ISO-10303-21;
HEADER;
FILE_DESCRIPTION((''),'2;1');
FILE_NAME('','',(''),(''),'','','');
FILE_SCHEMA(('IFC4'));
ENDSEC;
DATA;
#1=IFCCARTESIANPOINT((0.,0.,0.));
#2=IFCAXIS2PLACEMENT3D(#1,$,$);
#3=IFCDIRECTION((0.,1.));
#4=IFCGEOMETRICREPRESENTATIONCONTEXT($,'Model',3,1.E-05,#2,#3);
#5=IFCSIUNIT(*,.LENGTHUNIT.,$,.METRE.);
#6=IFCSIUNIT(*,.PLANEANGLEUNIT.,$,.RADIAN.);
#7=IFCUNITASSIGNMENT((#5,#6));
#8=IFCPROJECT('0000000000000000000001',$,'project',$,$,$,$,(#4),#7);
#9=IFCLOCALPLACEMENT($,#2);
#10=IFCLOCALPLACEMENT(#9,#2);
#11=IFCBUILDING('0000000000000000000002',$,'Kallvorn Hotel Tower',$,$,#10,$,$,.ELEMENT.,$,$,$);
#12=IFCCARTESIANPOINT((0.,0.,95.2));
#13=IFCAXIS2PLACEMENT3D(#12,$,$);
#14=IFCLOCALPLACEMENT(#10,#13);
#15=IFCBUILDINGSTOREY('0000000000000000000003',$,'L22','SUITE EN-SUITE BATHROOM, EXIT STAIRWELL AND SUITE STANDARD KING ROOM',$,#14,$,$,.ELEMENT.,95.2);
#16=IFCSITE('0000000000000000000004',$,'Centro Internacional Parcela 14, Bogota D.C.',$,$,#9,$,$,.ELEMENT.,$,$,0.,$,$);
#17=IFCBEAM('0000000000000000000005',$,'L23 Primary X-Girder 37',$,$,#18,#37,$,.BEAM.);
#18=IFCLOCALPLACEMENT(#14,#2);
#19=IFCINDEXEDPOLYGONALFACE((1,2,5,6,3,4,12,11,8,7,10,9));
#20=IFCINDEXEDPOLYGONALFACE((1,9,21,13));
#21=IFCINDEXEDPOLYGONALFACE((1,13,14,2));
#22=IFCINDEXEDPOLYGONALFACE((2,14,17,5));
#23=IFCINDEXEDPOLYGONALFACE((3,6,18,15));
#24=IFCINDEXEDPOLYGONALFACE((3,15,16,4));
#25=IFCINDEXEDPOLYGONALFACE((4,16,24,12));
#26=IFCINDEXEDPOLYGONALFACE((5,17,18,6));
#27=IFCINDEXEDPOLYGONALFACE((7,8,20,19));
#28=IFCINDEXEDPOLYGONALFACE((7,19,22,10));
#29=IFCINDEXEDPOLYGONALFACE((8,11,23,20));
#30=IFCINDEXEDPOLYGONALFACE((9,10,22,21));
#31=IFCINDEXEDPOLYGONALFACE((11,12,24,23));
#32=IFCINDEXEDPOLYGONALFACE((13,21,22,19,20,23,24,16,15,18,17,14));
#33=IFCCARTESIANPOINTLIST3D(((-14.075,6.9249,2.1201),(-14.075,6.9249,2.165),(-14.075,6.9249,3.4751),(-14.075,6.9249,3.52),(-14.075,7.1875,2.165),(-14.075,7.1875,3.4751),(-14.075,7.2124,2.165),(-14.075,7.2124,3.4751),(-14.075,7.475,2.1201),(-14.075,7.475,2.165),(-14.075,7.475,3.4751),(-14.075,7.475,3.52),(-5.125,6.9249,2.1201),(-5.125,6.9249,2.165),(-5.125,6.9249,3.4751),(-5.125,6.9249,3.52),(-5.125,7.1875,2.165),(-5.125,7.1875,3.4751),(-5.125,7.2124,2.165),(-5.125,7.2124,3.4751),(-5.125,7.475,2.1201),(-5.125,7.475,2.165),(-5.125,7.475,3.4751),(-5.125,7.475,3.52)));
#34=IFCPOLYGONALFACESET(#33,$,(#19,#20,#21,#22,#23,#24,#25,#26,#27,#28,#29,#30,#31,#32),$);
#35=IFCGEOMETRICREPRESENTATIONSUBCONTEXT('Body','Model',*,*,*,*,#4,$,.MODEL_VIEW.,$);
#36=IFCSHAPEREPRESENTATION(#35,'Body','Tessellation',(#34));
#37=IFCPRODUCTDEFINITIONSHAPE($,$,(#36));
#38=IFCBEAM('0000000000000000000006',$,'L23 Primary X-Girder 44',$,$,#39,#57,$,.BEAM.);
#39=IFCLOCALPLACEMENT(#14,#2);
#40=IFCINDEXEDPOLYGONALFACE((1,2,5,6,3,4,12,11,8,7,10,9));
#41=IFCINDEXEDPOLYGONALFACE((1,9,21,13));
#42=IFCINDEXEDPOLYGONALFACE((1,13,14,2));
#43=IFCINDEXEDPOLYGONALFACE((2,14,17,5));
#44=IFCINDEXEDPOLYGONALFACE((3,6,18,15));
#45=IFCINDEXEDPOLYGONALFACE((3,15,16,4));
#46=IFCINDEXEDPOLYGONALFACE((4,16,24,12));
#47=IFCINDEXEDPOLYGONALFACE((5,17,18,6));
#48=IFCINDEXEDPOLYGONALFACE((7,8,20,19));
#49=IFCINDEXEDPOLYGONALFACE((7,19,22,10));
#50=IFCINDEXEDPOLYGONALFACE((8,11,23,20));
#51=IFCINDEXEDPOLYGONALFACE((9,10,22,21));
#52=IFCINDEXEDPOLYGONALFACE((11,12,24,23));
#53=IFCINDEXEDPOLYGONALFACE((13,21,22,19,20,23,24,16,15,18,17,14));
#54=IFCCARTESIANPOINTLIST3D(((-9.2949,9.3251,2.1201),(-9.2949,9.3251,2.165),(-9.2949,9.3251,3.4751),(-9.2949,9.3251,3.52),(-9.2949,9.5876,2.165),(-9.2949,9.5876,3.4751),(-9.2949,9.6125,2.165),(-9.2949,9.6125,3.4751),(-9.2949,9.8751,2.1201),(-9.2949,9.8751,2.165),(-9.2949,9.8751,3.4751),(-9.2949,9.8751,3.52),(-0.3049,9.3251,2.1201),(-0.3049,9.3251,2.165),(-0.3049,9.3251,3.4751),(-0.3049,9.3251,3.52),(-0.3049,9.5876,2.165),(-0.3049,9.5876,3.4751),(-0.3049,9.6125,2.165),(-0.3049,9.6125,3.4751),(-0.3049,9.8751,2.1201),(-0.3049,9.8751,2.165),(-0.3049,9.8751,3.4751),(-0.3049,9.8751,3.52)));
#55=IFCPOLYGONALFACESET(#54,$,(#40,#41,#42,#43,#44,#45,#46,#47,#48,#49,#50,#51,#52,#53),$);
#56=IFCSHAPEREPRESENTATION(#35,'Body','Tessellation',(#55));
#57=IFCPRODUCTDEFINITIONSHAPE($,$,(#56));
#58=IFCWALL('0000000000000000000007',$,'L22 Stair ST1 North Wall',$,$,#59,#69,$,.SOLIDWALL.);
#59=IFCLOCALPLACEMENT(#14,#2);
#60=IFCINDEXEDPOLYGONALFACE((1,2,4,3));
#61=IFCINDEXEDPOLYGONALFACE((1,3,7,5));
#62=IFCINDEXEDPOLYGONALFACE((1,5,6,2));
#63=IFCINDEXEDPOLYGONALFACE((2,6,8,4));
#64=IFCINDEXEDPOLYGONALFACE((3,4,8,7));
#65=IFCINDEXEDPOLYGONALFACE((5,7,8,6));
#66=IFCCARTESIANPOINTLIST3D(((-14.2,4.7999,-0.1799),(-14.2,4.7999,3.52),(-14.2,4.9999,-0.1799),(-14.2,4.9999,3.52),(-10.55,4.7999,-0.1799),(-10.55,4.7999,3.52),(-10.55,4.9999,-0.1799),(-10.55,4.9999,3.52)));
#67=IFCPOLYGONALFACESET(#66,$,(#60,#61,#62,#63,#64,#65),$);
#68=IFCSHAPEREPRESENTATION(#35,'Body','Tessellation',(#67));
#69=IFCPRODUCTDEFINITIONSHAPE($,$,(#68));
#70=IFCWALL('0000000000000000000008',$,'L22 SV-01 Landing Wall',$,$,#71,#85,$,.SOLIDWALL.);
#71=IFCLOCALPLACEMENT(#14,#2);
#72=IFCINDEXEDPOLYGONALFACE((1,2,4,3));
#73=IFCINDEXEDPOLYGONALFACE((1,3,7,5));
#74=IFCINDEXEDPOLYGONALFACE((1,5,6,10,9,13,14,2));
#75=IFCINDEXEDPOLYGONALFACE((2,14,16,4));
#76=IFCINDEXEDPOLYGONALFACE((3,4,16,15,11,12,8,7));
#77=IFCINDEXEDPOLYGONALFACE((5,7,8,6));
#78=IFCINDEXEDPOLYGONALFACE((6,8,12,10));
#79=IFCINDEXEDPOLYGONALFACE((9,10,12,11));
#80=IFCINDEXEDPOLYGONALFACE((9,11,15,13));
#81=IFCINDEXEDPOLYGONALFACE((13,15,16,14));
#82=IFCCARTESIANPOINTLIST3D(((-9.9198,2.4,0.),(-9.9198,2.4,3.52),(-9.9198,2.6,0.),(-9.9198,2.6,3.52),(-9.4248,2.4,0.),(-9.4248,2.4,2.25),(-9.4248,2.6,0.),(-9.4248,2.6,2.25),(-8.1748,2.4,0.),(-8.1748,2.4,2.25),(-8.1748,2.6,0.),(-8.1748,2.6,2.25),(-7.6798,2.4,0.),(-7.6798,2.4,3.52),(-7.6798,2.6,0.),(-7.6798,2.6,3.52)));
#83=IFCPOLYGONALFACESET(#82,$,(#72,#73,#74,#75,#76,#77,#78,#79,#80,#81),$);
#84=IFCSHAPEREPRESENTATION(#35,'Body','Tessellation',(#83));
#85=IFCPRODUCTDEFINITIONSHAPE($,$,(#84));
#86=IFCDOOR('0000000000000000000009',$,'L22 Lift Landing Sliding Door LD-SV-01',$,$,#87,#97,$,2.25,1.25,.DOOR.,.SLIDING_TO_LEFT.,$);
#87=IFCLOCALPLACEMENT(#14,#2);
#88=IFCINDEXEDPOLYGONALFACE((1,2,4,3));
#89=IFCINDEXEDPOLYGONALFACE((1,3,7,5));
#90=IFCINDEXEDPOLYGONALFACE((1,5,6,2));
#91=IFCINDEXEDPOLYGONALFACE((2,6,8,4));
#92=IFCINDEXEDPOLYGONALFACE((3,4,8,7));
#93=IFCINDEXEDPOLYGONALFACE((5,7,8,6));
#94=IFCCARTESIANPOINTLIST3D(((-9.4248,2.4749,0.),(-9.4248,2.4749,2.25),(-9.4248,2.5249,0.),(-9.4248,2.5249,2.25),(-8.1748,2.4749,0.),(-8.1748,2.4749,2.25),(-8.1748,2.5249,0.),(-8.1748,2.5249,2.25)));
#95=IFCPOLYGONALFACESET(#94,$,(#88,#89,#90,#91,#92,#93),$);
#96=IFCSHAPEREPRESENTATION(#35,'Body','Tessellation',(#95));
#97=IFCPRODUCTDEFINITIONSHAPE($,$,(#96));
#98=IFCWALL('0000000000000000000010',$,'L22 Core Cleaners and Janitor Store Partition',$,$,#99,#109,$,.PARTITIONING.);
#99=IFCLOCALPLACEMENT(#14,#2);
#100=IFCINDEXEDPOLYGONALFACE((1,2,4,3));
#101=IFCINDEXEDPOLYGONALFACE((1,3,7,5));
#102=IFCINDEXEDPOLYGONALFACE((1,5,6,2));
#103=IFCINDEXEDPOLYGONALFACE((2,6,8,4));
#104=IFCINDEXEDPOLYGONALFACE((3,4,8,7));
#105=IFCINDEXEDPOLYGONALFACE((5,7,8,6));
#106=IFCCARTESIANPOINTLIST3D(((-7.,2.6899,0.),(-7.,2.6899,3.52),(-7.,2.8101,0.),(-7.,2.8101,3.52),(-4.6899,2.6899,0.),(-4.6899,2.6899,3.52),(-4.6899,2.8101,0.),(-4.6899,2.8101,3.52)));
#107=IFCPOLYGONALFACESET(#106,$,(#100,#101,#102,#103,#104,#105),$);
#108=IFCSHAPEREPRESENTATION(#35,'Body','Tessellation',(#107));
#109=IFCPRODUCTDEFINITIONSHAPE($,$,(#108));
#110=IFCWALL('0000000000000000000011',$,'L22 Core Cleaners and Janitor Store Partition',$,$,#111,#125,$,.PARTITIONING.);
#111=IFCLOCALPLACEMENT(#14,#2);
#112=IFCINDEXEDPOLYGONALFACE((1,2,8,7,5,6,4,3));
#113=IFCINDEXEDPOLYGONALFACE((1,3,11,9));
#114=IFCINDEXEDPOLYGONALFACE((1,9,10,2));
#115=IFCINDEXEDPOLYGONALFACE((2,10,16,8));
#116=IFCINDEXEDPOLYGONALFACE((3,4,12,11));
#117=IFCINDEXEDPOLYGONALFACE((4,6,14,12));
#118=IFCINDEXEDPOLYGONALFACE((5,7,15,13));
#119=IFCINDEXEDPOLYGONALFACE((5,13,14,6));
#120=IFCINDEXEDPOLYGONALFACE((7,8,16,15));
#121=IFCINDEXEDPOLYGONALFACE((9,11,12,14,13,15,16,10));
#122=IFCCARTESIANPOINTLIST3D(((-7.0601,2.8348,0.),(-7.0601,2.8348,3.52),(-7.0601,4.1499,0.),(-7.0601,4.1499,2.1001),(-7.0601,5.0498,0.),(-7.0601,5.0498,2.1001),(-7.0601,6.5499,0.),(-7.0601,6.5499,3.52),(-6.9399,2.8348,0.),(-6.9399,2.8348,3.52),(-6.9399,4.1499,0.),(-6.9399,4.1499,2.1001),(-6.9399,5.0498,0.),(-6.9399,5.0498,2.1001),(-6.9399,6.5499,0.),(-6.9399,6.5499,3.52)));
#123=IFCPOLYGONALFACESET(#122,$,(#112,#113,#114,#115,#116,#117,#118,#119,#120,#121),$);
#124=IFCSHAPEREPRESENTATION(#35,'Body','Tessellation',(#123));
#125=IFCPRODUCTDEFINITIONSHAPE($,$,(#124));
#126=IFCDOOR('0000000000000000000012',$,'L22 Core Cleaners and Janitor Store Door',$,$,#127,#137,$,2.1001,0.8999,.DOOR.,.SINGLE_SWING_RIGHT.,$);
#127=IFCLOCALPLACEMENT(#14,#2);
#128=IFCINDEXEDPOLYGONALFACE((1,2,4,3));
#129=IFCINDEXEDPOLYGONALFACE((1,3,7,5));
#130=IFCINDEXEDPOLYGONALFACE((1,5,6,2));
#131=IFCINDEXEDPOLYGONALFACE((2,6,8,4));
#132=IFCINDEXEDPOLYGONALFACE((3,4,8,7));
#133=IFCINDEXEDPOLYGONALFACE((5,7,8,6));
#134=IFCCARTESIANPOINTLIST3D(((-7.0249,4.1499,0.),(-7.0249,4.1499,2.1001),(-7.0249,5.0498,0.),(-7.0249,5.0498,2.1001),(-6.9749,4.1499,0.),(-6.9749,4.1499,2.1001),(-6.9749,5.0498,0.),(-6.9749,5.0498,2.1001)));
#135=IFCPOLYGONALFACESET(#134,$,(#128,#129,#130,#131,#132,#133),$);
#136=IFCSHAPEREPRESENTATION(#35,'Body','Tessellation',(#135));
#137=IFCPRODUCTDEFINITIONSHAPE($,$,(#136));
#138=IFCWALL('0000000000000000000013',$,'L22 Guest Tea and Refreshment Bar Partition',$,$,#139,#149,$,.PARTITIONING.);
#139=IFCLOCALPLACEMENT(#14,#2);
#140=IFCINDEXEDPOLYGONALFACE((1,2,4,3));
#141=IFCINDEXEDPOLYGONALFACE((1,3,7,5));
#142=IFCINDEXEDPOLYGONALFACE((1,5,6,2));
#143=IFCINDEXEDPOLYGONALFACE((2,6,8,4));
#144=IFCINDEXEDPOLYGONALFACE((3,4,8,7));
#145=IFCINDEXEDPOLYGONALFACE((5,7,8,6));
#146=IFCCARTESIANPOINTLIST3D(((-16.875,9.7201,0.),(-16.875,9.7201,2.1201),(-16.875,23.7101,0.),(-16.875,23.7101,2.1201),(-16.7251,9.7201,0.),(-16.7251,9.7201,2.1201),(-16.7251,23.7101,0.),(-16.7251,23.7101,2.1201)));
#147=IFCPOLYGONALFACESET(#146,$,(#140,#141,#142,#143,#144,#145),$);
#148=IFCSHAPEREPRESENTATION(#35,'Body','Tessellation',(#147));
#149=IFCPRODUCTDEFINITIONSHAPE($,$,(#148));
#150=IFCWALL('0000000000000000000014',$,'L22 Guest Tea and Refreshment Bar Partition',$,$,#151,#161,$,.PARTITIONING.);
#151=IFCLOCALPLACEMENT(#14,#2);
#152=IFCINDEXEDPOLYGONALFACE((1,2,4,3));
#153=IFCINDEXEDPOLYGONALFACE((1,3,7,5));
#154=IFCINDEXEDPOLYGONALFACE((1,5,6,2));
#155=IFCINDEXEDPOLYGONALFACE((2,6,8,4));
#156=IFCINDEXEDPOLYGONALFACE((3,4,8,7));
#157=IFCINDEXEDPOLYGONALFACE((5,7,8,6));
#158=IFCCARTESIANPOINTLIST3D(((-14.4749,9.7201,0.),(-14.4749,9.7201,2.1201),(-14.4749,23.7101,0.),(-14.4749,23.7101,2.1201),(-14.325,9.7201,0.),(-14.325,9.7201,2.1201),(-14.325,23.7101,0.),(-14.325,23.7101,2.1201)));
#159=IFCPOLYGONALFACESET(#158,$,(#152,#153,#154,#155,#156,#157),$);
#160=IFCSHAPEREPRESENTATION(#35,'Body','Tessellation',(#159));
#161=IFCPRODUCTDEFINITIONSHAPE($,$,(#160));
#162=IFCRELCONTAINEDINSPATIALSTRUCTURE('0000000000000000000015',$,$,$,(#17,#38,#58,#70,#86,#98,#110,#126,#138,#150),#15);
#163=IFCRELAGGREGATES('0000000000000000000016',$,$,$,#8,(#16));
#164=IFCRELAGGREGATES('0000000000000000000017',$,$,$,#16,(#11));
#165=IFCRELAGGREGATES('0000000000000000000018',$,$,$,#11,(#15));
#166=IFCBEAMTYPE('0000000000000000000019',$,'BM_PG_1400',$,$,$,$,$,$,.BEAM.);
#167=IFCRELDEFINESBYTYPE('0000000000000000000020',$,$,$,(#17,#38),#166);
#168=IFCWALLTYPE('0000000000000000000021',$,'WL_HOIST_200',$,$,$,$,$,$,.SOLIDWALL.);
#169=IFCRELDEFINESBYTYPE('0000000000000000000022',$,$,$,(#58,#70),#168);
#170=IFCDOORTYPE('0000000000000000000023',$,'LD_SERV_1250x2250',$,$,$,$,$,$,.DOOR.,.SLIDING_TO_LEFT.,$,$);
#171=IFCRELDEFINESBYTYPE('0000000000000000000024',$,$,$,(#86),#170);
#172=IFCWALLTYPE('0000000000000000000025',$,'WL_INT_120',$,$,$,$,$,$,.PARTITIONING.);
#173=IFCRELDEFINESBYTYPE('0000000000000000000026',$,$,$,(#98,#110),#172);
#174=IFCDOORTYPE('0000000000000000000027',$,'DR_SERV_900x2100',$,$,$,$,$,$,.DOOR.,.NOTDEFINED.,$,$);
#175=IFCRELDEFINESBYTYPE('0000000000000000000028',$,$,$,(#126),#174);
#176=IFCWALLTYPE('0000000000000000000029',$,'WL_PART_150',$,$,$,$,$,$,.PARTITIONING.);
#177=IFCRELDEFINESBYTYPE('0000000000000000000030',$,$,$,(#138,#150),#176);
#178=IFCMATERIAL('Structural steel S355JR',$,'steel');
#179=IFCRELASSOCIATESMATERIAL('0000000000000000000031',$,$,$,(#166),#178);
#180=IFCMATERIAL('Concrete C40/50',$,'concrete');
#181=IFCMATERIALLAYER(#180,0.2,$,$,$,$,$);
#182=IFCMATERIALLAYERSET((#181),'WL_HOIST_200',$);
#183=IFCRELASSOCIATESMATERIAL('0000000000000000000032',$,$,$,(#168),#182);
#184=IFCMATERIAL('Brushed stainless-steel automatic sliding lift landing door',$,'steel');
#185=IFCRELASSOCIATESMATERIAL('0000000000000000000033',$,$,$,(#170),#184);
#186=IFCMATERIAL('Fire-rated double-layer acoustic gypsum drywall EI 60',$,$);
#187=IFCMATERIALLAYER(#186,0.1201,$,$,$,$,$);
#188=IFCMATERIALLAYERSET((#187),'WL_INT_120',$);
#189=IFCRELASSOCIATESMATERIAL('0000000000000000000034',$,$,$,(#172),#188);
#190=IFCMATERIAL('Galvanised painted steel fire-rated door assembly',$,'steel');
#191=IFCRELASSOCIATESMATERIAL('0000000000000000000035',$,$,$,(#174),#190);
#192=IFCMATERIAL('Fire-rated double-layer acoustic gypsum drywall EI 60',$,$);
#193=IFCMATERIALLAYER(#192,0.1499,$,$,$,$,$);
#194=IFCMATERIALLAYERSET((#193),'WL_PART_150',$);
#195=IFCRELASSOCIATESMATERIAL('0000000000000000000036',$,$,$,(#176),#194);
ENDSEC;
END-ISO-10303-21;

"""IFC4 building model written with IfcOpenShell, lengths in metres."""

from ifc_helpers import new_model, si_unit, direction, frame, frame_2d, origin, origin_2d, place, context, subcontext, project, spatial, rectangle, i_section, extrude, material, layer, layer_set, material_profile, profile_set, type_object, element, fill, save


model = new_model("IFC4")

# Units and contexts
model_context = context("Model", 3, precision=1e-05, world=origin(), true_north=direction((0.0, 1.0)))
body_context = subcontext(model_context, "Body", "Model", "MODEL_VIEW")
ifc_project = project(units=[si_unit("LENGTHUNIT", "METRE"), si_unit("PLANEANGLEUNIT", "RADIAN")], contexts=[model_context])

# Site, building, storey
site_placement = place(None, origin())
site = spatial("IfcSite", under=ifc_project, at=site_placement, Name="Centro Internacional Parcela 14, Bogota D.C.", CompositionType="ELEMENT", RefElevation=0.0)
building_placement = place(site_placement, origin())
building = spatial("IfcBuilding", under=site, at=building_placement, Name="Kallvorn Hotel Tower", CompositionType="ELEMENT")
storey_placement = place(building_placement, frame((0.0, 0.0, 95.2)))
storey = spatial("IfcBuildingStorey", under=building, at=storey_placement, Name="L22", Description="SUITE EN-SUITE BATHROOM, EXIT STAIRWELL AND SUITE STANDARD KING ROOM", CompositionType="ELEMENT", Elevation=95.2)

# Beams
ifc_material_1 = material(Name="Structural steel S355JR", Category="steel")
ifc_material_profile_1 = material_profile(ifc_material_1, i_section(OverallWidth=0.55, OverallDepth=1.3999, WebThickness=0.0249, FlangeThickness=0.0449, at=origin_2d()), Name="PG 1400x550x25x45")
ifc_profile_set_1 = profile_set([ifc_material_profile_1], Name="Structural steel S355JR")
beam_type_1 = type_object("IfcBeamType", Name="BM_PG_1400", PredefinedType="BEAM", material=ifc_profile_set_1)
beam_1_placement = place(storey_placement, frame((-14.075, 7.2, 2.8201), z_axis=(1.0, 0.0, 0.0), x_axis=(0.0, 1.0, 0.0)))
element("IfcBeam", 1, at=beam_1_placement, inside=storey, type_object=beam_type_1, Name="L23 Primary X-Girder 37", PredefinedType="BEAM", context=body_context, shape_type="SweptSolid", body=[
    extrude(i_section(OverallWidth=0.55, OverallDepth=1.3999, WebThickness=0.0249, FlangeThickness=0.0449, at=origin_2d()), origin(), (0.0, 0.0, 1.0), 8.95),
])
beam_2_placement = place(storey_placement, frame((-9.2949, 9.6001, 2.8201), z_axis=(1.0, 0.0, 0.0), x_axis=(0.0, 1.0, 0.0)))
element("IfcBeam", 2, at=beam_2_placement, inside=storey, type_object=beam_type_1, Name="L23 Primary X-Girder 44", PredefinedType="BEAM", context=body_context, shape_type="SweptSolid", body=[
    extrude(i_section(OverallWidth=0.55, OverallDepth=1.3999, WebThickness=0.0249, FlangeThickness=0.0449, at=origin_2d()), origin(), (0.0, 0.0, 1.0), 8.99),
])

# Wall
ifc_material_2 = material(Name="Concrete C40/50", Category="concrete")
ifc_layer_1 = layer(ifc_material_2, 0.2)
ifc_layer_set_1 = layer_set([ifc_layer_1], Name="WL_HOIST_200")
wall_type_1 = type_object("IfcWallType", Name="WL_HOIST_200", PredefinedType="SOLIDWALL", material=ifc_layer_set_1)
wall_1_placement = place(storey_placement, frame((-14.2, 4.8999, -0.1799), z_axis=(0.0, 0.0, 1.0), x_axis=(1.0, 0.0, 0.0)))
element("IfcWall", 3, at=wall_1_placement, inside=storey, type_object=wall_type_1, Name="L22 Stair ST1 North Wall", PredefinedType="SOLIDWALL", context=body_context, shape_type="SweptSolid", body=[
    extrude(rectangle(XDim=3.6499, YDim=0.2, at=frame_2d((1.825, 0.0))), origin(), (0.0, 0.0, 1.0), 3.7),
])

# Wall, opening, door
wall_2_placement = place(storey_placement, frame((-9.9199, 2.5, 0.0), z_axis=(0.0, 0.0, 1.0), x_axis=(1.0, 0.0, 0.0)))
wall_2 = element("IfcWall", 4, at=wall_2_placement, inside=storey, type_object=wall_type_1, Name="L22 SV-01 Landing Wall", PredefinedType="SOLIDWALL", context=body_context, shape_type="SweptSolid", body=[
    extrude(rectangle(XDim=2.24, YDim=0.2, at=frame_2d((1.1201, 0.0))), origin(), (0.0, 0.0, 1.0), 3.52),
])
opening_1_placement = place(wall_2_placement, frame((0.4951, 0.0, 0.0)))
opening_1 = element("IfcOpeningElement", 5, at=opening_1_placement, cuts=wall_2, PredefinedType="OPENING", context=body_context, shape_type="SweptSolid", body=[
    extrude(rectangle(XDim=1.25, YDim=2.25, at=frame_2d((0.625, 1.125))), frame((0.0, 0.115, 0.0), z_axis=(0.0, -1.0, 0.0), x_axis=(1.0, 0.0, 0.0)), (0.0, 0.0, 1.0), 0.23),
])
ifc_material_3 = material(Name="Brushed stainless-steel automatic sliding lift landing door", Category="steel")
door_type_1 = type_object("IfcDoorType", Name="LD_SERV_1250x2250", OperationType="SLIDING_TO_LEFT", PredefinedType="DOOR", material=ifc_material_3)
door_1_placement = place(opening_1_placement, origin())
door_1 = element("IfcDoor", 6, at=door_1_placement, inside=storey, type_object=door_type_1, Name="L22 Lift Landing Sliding Door LD-SV-01", OperationType="SLIDING_TO_LEFT", OverallHeight=2.25, OverallWidth=1.25, PredefinedType="DOOR", context=body_context, shape_type="SweptSolid", body=[
    extrude(rectangle(XDim=1.25, YDim=2.25, at=frame_2d((0.625, 1.125))), frame((0.0, 0.0249, 0.0), z_axis=(0.0, -1.0, 0.0), x_axis=(1.0, 0.0, 0.0)), (0.0, 0.0, 1.0), 0.05),
])
fill(opening_1, door_1)

# Wall
ifc_material_4 = material(Name="Fire-rated double-layer acoustic gypsum drywall EI 60")
ifc_layer_2 = layer(ifc_material_4, 0.1201)
ifc_layer_set_2 = layer_set([ifc_layer_2], Name="WL_INT_120")
wall_type_2 = type_object("IfcWallType", Name="WL_INT_120", PredefinedType="PARTITIONING", material=ifc_layer_set_2)
wall_3_placement = place(storey_placement, frame((-7.0, 2.75, 0.0), z_axis=(0.0, 0.0, 1.0), x_axis=(1.0, 0.0, 0.0)))
element("IfcWall", 7, at=wall_3_placement, inside=storey, type_object=wall_type_2, Name="L22 Core Cleaners and Janitor Store Partition", PredefinedType="PARTITIONING", context=body_context, shape_type="SweptSolid", body=[
    extrude(rectangle(XDim=2.3101, YDim=0.1201, at=frame_2d((1.155, 0.0))), origin(), (0.0, 0.0, 1.0), 3.52),
])

# Wall, opening, door
wall_4_placement = place(storey_placement, frame((-7.0, 2.835, 0.0), z_axis=(0.0, 0.0, 1.0), x_axis=(0.0, 1.0, 0.0)))
wall_4 = element("IfcWall", 8, at=wall_4_placement, inside=storey, type_object=wall_type_2, Name="L22 Core Cleaners and Janitor Store Partition", PredefinedType="PARTITIONING", context=body_context, shape_type="SweptSolid", body=[
    extrude(rectangle(XDim=3.7151, YDim=0.1201, at=frame_2d((1.8574, 0.0))), origin(), (0.0, 0.0, 1.0), 3.52),
])
opening_2_placement = place(wall_4_placement, frame((1.3149, 0.0, 0.0)))
opening_2 = element("IfcOpeningElement", 9, at=opening_2_placement, cuts=wall_4, PredefinedType="OPENING", context=body_context, shape_type="SweptSolid", body=[
    extrude(rectangle(XDim=0.8999, YDim=2.1001, at=frame_2d((0.45, 1.05))), frame((0.0, 0.075, 0.0), z_axis=(0.0, -1.0, 0.0), x_axis=(1.0, 0.0, 0.0)), (0.0, 0.0, 1.0), 0.1501),
])
ifc_material_5 = material(Name="Galvanised painted steel fire-rated door assembly", Category="steel")
door_type_2 = type_object("IfcDoorType", Name="DR_SERV_900x2100", OperationType="NOTDEFINED", PredefinedType="DOOR", material=ifc_material_5)
door_2_placement = place(opening_2_placement, origin())
door_2 = element("IfcDoor", 10, at=door_2_placement, inside=storey, type_object=door_type_2, Name="L22 Core Cleaners and Janitor Store Door", OperationType="SINGLE_SWING_RIGHT", OverallHeight=2.1001, OverallWidth=0.8999, PredefinedType="DOOR", context=body_context, shape_type="SweptSolid", body=[
    extrude(rectangle(XDim=0.8999, YDim=2.1001, at=frame_2d((0.45, 1.05))), frame((0.0, 0.0249, 0.0), z_axis=(0.0, -1.0, 0.0), x_axis=(1.0, 0.0, 0.0)), (0.0, 0.0, 1.0), 0.05),
])
fill(opening_2, door_2)

# Walls
ifc_material_6 = material(Name="Fire-rated double-layer acoustic gypsum drywall EI 60")
ifc_layer_3 = layer(ifc_material_6, 0.1499)
ifc_layer_set_3 = layer_set([ifc_layer_3], Name="WL_PART_150")
wall_type_3 = type_object("IfcWallType", Name="WL_PART_150", PredefinedType="PARTITIONING", material=ifc_layer_set_3)
for number, where, z_axis, x_axis, name in (
    (11, (-16.8, 9.72, 0.0), (0.0, 0.0, 1.0), (0.0, 1.0, 0.0), "L22 Guest Tea and Refreshment Bar Partition"),
    (12, (-14.3999, 9.72, 0.0), (0.0, 0.0, 1.0), (0.0, 1.0, 0.0), "L22 Guest Tea and Refreshment Bar Partition"),
):
    element("IfcWall", number, at=place(storey_placement, frame(where, z_axis=z_axis, x_axis=x_axis)), inside=storey, type_object=wall_type_3, Name=name, PredefinedType="PARTITIONING", context=body_context, shape_type="SweptSolid", body=[
        extrude(rectangle(XDim=13.99, YDim=0.1499, at=frame_2d((6.9951, 0.0))), origin(), (0.0, 0.0, 1.0), 2.1201),
    ])

save(model, "model.ifc")
